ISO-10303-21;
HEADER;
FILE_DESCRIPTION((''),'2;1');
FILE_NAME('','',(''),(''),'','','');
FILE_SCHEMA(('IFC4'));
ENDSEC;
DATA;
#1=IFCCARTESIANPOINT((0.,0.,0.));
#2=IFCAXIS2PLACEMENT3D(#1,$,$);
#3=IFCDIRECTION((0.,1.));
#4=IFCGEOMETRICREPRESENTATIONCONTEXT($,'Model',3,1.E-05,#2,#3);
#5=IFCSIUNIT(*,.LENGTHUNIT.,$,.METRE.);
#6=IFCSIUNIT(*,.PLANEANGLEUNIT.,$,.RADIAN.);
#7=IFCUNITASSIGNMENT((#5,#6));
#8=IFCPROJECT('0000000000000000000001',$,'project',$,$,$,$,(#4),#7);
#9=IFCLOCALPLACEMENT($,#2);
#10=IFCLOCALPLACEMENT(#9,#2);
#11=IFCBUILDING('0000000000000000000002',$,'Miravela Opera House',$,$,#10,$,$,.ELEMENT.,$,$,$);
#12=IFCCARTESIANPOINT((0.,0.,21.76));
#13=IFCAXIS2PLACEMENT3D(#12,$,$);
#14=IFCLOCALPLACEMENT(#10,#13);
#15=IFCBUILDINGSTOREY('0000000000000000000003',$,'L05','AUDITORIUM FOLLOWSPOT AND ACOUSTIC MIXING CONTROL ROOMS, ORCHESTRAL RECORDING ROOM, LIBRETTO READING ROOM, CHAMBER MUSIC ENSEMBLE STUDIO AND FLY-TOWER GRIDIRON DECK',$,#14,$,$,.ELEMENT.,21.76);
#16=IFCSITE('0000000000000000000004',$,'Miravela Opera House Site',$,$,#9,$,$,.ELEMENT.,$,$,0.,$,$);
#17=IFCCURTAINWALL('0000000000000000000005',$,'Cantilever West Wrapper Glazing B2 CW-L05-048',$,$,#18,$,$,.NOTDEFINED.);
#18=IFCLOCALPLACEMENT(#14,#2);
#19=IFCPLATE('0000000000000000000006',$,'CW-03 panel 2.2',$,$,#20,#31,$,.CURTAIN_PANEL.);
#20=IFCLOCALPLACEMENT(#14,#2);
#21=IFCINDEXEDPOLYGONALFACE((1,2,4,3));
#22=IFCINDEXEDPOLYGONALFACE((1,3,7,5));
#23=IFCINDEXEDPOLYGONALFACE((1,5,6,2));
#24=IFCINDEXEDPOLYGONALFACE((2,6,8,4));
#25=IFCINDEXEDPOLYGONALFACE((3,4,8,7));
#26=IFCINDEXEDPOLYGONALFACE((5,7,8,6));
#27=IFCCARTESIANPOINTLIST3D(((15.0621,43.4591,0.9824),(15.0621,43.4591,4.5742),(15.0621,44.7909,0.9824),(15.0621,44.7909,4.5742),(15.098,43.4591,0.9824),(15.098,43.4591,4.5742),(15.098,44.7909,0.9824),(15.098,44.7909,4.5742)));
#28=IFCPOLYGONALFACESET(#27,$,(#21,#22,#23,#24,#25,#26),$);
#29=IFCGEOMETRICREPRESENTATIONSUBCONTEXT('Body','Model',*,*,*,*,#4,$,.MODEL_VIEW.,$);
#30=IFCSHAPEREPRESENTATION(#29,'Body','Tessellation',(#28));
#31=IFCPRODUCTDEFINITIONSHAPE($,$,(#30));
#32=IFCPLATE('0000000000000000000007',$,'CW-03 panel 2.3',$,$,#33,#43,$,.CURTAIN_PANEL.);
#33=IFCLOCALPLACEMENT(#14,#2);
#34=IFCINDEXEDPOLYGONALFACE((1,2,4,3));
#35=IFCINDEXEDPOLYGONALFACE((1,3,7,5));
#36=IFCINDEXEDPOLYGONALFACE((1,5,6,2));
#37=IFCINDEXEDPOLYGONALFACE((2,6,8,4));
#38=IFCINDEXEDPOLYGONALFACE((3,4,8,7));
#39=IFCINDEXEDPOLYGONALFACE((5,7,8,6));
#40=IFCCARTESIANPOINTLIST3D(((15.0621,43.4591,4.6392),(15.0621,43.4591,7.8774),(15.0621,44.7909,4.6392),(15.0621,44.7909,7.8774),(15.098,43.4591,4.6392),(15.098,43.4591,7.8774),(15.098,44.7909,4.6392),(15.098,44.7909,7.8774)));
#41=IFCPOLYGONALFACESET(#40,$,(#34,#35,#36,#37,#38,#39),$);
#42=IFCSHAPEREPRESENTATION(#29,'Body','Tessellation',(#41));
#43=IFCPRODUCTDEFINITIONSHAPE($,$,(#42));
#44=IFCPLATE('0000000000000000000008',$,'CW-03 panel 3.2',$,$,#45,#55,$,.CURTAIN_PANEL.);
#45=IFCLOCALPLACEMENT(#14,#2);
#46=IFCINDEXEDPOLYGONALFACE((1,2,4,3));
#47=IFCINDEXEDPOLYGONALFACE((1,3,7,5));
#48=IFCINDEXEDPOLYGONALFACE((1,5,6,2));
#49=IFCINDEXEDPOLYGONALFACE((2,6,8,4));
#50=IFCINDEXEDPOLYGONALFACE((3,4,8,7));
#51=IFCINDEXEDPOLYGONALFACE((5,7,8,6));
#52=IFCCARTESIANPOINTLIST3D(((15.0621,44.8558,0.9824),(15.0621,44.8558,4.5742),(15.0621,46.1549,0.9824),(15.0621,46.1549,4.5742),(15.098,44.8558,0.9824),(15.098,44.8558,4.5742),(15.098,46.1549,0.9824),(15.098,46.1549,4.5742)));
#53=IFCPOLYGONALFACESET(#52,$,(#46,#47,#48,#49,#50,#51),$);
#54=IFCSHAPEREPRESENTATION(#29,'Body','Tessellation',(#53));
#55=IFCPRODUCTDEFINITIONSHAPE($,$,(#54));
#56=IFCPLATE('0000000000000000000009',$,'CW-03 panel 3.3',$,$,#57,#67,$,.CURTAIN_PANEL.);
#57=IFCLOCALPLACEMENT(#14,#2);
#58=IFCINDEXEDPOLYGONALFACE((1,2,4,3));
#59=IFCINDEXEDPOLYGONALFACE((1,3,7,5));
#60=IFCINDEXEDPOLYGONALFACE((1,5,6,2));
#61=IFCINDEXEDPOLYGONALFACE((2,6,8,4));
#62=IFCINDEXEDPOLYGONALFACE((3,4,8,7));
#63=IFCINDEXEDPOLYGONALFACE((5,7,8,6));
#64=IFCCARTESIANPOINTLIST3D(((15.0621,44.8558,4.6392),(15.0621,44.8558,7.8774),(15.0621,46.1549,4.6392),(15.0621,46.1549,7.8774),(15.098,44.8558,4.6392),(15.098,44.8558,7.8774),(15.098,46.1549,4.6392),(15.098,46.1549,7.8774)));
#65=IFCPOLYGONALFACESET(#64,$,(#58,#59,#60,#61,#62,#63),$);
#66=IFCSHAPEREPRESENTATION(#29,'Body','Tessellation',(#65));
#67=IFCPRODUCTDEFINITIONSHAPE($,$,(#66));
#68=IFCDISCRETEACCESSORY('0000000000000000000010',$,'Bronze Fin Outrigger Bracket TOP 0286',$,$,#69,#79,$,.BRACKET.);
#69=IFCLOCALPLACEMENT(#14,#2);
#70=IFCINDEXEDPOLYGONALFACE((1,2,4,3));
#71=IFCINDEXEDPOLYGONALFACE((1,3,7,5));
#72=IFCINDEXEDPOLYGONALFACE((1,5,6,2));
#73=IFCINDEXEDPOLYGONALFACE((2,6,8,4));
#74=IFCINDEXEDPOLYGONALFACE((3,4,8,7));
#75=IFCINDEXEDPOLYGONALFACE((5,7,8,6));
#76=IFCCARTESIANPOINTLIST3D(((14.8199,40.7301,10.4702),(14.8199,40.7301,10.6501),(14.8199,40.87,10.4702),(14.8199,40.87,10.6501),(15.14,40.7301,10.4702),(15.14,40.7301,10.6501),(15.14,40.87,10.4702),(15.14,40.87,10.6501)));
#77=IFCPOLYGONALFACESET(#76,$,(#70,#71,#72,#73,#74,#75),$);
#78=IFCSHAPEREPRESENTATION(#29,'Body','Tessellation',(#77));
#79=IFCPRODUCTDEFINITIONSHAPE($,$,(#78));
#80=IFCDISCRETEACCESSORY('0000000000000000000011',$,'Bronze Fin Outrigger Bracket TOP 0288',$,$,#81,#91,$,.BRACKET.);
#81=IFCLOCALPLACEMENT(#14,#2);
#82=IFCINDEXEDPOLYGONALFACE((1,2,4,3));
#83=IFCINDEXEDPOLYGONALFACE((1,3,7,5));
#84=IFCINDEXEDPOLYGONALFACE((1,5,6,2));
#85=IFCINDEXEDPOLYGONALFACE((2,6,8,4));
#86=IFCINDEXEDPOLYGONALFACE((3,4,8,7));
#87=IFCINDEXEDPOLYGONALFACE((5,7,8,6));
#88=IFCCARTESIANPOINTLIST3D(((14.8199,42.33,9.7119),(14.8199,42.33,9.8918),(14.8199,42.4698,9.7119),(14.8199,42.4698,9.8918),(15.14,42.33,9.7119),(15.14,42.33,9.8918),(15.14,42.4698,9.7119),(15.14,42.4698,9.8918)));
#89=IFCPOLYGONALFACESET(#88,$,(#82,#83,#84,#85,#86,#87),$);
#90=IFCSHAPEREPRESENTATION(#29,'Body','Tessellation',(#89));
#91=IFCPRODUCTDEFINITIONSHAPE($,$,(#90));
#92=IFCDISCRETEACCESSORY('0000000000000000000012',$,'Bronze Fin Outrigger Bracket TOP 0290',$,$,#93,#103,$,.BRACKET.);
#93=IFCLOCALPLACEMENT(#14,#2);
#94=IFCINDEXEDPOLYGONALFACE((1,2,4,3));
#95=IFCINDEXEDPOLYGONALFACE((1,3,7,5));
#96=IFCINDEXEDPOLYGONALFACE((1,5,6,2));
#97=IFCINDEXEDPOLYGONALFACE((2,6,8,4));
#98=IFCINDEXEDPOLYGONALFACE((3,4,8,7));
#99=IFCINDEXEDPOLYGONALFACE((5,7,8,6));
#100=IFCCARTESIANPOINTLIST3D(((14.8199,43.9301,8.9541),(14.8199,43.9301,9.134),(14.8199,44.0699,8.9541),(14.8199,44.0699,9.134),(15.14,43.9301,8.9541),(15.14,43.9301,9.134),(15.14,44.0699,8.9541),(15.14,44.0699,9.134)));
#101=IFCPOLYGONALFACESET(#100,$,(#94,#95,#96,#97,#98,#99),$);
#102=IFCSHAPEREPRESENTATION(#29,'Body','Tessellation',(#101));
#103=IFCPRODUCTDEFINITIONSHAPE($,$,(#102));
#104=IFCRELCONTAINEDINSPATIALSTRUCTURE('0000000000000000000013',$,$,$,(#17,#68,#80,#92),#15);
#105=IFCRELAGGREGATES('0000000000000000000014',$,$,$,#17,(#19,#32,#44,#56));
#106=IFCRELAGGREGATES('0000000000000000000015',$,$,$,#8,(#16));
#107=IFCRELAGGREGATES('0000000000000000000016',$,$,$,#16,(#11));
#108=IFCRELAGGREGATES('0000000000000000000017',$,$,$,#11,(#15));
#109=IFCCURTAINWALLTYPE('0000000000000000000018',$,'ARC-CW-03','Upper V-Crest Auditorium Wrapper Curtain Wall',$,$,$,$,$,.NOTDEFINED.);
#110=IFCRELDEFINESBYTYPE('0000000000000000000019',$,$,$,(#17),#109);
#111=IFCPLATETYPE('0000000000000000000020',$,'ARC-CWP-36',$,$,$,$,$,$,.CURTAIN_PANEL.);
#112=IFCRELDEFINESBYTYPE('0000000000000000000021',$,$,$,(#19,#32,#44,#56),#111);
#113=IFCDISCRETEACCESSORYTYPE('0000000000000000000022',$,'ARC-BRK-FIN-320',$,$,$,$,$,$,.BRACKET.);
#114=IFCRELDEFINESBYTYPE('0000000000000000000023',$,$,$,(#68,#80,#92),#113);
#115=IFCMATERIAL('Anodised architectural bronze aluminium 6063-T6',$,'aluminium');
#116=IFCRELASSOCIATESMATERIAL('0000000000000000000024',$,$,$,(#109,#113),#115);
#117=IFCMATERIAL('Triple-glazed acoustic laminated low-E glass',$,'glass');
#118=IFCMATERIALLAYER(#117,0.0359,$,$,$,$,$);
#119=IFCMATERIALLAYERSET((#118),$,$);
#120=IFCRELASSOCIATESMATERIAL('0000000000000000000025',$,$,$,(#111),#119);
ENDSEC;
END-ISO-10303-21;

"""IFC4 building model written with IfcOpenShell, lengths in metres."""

from ifc_helpers import new_model, si_unit, direction, frame, origin, origin_2d, place, context, subcontext, project, spatial, rectangle, extrude, material, layer, layer_set, type_object, element, aggregate, save


model = new_model("IFC4")

# Units and contexts
model_context = context("Model", 3, precision=1e-05, world=origin(), true_north=direction((0.0, 1.0)))
body_context = subcontext(model_context, "Body", "Model", "MODEL_VIEW")
ifc_project = project(units=[si_unit("LENGTHUNIT", "METRE"), si_unit("PLANEANGLEUNIT", "RADIAN")], contexts=[model_context])

# Site, building, storey
site_placement = place(None, origin())
site = spatial("IfcSite", under=ifc_project, at=site_placement, Name="Miravela Opera House Site", CompositionType="ELEMENT", RefElevation=0.0)
building_placement = place(site_placement, origin())
building = spatial("IfcBuilding", under=site, at=building_placement, Name="Miravela Opera House", CompositionType="ELEMENT")
storey_placement = place(building_placement, frame((0.0, 0.0, 21.76)))
storey = spatial("IfcBuildingStorey", under=building, at=storey_placement, Name="L05", Description="AUDITORIUM FOLLOWSPOT AND ACOUSTIC MIXING CONTROL ROOMS, ORCHESTRAL RECORDING ROOM, LIBRETTO READING ROOM, CHAMBER MUSIC ENSEMBLE STUDIO AND FLY-TOWER GRIDIRON DECK", CompositionType="ELEMENT", Elevation=21.76)

# Curtain wall
ifc_material_1 = material(Name="Anodised architectural bronze aluminium 6063-T6", Category="aluminium")
curtain_wall_type = type_object("IfcCurtainWallType", Name="ARC-CW-03", Description="Upper V-Crest Auditorium Wrapper Curtain Wall", PredefinedType="NOTDEFINED", material=ifc_material_1)
curtain_wall_1_placement = place(storey_placement, origin())
curtain_wall_1 = element("IfcCurtainWall", 1, at=curtain_wall_1_placement, inside=storey, type_object=curtain_wall_type, Name="Cantilever West Wrapper Glazing B2 CW-L05-048", PredefinedType="NOTDEFINED")

# Plates
ifc_material_2 = material(Name="Triple-glazed acoustic laminated low-E glass", Category="glass")
ifc_layer = layer(ifc_material_2, 0.0359)
ifc_layer_set = layer_set([ifc_layer])
plate_type = type_object("IfcPlateType", Name="ARC-CWP-36", PredefinedType="CURTAIN_PANEL", material=ifc_layer_set)
plate_1_placement = place(storey_placement, frame((15.0801, 44.125, 0.9824), z_axis=(0.0, 0.0, 1.0), x_axis=(0.0, 1.0, 0.0)))
plate_1 = element("IfcPlate", 2, at=plate_1_placement, type_object=plate_type, Name="CW-03 panel 2.2", PredefinedType="CURTAIN_PANEL", context=body_context, shape_type="SweptSolid", body=[
    extrude(rectangle(XDim=1.3318, YDim=0.0359, at=origin_2d()), origin(), (0.0, 0.0, 1.0), 3.5918),
])
plate_2_placement = place(storey_placement, frame((15.0801, 44.125, 4.6392), z_axis=(0.0, 0.0, 1.0), x_axis=(0.0, 1.0, 0.0)))
plate_2 = element("IfcPlate", 3, at=plate_2_placement, type_object=plate_type, Name="CW-03 panel 2.3", PredefinedType="CURTAIN_PANEL", context=body_context, shape_type="SweptSolid", body=[
    extrude(rectangle(XDim=1.3318, YDim=0.0359, at=origin_2d()), origin(), (0.0, 0.0, 1.0), 3.2383),
])
plate_3_placement = place(storey_placement, frame((15.0801, 45.5054, 0.9824), z_axis=(0.0, 0.0, 1.0), x_axis=(0.0, 1.0, 0.0)))
plate_3 = element("IfcPlate", 4, at=plate_3_placement, type_object=plate_type, Name="CW-03 panel 3.2", PredefinedType="CURTAIN_PANEL", context=body_context, shape_type="SweptSolid", body=[
    extrude(rectangle(XDim=1.2991, YDim=0.0359, at=origin_2d()), origin(), (0.0, 0.0, 1.0), 3.5918),
])
plate_4_placement = place(storey_placement, frame((15.0801, 45.5054, 4.6392), z_axis=(0.0, 0.0, 1.0), x_axis=(0.0, 1.0, 0.0)))
plate_4 = element("IfcPlate", 5, at=plate_4_placement, type_object=plate_type, Name="CW-03 panel 3.3", PredefinedType="CURTAIN_PANEL", context=body_context, shape_type="SweptSolid", body=[
    extrude(rectangle(XDim=1.2991, YDim=0.0359, at=origin_2d()), origin(), (0.0, 0.0, 1.0), 3.2383),
])
aggregate(curtain_wall_1, [plate_1, plate_2, plate_3, plate_4])

# Discrete accessories
discrete_accessory_type = type_object("IfcDiscreteAccessoryType", Name="ARC-BRK-FIN-320", PredefinedType="BRACKET", material=ifc_material_1)
for number, where, z_axis, x_axis, name in (
    (6, (14.98, 40.8, 10.4702), (0.0, 0.0, 1.0), (1.0, 0.0, 0.0), "Bronze Fin Outrigger Bracket TOP 0286"),
    (7, (14.98, 42.3999, 9.7119), (0.0, 0.0, 1.0), (1.0, 0.0, 0.0), "Bronze Fin Outrigger Bracket TOP 0288"),
    (8, (14.98, 44.0, 8.9541), (0.0, 0.0, 1.0), (1.0, 0.0, 0.0), "Bronze Fin Outrigger Bracket TOP 0290"),
):
    element("IfcDiscreteAccessory", number, at=place(storey_placement, frame(where, z_axis=z_axis, x_axis=x_axis)), inside=storey, type_object=discrete_accessory_type, Name=name, PredefinedType="BRACKET", context=body_context, shape_type="SweptSolid", body=[
        extrude(rectangle(XDim=0.3201, YDim=0.1399, at=origin_2d()), origin(), (0.0, 0.0, 1.0), 0.1799),
    ])

save(model, "model.ifc")
